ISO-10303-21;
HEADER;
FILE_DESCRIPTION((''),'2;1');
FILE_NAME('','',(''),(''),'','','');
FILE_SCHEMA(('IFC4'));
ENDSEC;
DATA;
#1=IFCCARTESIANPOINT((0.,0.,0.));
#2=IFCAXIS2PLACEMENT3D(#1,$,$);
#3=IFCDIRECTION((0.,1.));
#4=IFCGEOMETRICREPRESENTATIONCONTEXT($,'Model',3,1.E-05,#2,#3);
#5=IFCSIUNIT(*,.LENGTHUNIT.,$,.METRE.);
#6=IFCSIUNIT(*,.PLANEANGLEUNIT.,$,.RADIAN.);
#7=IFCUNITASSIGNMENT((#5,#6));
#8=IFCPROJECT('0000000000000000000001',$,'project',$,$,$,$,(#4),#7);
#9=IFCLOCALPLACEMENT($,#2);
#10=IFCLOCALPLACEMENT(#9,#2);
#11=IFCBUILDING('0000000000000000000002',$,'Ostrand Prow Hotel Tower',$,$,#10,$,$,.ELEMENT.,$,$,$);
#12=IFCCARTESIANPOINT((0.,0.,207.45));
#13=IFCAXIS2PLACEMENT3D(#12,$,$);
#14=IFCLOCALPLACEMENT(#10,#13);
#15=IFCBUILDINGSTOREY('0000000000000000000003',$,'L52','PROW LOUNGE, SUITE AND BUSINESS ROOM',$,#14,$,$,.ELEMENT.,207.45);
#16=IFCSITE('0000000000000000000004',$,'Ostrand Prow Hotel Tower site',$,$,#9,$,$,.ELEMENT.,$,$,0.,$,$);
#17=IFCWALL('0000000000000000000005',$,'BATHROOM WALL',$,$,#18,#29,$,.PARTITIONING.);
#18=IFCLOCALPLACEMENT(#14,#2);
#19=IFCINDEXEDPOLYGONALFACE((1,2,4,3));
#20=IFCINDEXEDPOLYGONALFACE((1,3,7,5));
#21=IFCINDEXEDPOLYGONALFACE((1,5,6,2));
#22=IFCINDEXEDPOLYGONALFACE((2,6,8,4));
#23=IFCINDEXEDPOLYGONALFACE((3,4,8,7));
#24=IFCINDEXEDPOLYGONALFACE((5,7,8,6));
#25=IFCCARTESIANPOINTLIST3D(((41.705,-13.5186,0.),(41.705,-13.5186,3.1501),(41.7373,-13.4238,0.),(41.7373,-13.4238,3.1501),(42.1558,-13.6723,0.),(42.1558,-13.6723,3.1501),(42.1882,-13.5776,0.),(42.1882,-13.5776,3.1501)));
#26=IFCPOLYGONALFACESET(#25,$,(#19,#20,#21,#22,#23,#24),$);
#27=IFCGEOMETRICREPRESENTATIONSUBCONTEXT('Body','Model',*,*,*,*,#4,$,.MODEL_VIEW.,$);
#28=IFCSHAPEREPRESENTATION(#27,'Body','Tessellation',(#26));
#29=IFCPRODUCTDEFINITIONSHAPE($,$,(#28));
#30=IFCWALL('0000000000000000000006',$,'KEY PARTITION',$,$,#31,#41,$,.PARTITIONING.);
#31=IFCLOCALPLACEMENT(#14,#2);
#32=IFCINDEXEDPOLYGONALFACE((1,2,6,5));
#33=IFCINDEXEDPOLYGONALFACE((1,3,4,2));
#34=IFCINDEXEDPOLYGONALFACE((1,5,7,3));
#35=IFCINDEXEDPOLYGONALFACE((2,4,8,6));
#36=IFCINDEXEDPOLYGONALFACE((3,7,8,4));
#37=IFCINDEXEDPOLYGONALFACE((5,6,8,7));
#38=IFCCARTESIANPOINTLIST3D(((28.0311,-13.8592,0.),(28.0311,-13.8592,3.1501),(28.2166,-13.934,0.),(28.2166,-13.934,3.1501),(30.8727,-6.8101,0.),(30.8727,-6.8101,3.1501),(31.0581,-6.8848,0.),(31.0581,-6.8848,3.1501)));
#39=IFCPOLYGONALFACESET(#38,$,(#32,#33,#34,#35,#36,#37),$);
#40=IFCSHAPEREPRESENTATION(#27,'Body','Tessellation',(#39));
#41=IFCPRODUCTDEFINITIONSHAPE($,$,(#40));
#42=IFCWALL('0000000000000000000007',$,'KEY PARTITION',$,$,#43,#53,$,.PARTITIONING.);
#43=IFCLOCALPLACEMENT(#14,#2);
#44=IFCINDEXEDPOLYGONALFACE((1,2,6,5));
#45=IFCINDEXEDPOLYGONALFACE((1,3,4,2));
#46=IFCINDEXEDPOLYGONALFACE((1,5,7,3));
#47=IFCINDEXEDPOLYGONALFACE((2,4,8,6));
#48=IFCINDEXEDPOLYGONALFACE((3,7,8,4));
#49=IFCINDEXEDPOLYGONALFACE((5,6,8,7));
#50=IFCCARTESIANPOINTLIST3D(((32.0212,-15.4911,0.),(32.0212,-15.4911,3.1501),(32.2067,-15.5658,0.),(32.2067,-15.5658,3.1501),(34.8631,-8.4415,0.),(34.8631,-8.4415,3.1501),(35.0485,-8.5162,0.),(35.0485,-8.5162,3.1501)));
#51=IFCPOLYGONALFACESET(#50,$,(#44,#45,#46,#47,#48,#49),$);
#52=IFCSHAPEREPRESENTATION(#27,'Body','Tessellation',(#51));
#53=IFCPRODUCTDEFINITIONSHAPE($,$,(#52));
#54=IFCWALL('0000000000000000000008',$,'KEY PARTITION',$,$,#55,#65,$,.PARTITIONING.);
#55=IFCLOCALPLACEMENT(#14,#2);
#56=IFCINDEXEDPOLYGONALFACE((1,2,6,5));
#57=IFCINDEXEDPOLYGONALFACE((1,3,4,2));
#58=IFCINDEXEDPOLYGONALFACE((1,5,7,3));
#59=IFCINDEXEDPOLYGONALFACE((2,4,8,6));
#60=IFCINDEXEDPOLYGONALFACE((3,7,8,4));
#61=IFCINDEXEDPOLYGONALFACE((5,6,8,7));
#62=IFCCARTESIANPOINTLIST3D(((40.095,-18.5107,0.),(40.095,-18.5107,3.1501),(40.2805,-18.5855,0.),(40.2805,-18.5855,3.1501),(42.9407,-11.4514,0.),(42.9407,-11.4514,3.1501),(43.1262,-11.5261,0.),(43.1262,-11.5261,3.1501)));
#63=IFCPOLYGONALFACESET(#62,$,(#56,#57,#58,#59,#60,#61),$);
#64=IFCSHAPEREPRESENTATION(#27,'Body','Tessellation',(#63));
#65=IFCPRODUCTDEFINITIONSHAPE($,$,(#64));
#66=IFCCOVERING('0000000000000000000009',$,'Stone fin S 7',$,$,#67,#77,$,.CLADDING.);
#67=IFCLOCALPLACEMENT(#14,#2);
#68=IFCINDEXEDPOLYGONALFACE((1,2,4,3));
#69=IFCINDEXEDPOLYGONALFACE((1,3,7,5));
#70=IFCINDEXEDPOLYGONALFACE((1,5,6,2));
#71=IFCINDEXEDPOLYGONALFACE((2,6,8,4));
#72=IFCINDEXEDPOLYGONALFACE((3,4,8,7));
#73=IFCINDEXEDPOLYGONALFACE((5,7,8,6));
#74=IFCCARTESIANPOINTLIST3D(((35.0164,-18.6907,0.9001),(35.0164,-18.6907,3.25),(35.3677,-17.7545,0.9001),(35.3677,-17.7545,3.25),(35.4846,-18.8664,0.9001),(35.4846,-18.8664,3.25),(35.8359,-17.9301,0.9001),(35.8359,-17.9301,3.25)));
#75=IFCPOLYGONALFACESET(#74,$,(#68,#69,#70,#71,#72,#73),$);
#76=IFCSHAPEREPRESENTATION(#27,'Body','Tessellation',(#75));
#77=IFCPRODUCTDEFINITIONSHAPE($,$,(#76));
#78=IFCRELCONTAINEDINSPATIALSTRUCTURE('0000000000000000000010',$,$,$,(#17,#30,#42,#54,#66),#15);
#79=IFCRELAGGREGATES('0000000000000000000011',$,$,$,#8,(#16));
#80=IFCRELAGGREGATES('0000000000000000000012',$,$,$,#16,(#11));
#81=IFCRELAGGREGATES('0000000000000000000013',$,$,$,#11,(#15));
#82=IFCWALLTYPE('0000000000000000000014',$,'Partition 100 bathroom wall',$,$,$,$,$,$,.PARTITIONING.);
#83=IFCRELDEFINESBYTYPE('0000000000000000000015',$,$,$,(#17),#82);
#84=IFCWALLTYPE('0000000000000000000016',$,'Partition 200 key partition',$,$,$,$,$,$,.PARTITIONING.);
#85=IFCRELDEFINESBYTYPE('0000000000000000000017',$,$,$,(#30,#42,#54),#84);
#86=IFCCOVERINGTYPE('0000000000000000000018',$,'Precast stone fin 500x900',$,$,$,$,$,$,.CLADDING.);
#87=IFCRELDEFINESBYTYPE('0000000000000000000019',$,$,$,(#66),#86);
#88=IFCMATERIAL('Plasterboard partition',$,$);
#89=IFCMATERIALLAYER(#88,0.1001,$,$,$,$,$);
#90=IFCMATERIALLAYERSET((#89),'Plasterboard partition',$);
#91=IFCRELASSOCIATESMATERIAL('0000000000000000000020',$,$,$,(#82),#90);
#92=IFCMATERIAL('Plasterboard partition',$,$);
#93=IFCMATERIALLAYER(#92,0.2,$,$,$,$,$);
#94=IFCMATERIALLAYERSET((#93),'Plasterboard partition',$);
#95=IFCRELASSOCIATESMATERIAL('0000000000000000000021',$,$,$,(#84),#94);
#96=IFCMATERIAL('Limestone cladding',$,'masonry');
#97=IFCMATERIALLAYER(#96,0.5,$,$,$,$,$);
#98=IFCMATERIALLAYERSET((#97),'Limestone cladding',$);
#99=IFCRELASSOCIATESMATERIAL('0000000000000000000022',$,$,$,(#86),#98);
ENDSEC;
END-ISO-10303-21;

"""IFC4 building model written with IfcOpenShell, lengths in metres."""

from ifc_helpers import new_model, si_unit, direction, frame, frame_2d, origin, place, context, subcontext, project, spatial, rectangle, extrude, material, layer, layer_set, type_object, element, save


model = new_model("IFC4")

# Units and contexts
model_context = context("Model", 3, precision=1e-05, world=origin(), true_north=direction((0.0, 1.0)))
body_context = subcontext(model_context, "Body", "Model", "MODEL_VIEW")
ifc_project = project(units=[si_unit("LENGTHUNIT", "METRE"), si_unit("PLANEANGLEUNIT", "RADIAN")], contexts=[model_context])

# Site, building, storey
site_placement = place(None, origin())
site = spatial("IfcSite", under=ifc_project, at=site_placement, Name="Ostrand Prow Hotel Tower site", CompositionType="ELEMENT", RefElevation=0.0)
building_placement = place(site_placement, origin())
building = spatial("IfcBuilding", under=site, at=building_placement, Name="Ostrand Prow Hotel Tower", CompositionType="ELEMENT")
storey_placement = place(building_placement, frame((0.0, 0.0, 207.45)))
storey = spatial("IfcBuildingStorey", under=building, at=storey_placement, Name="L52", Description="PROW LOUNGE, SUITE AND BUSINESS ROOM", CompositionType="ELEMENT", Elevation=207.45)

# Walls
ifc_material_1 = material(Name="Plasterboard partition")
ifc_layer_1 = layer(ifc_material_1, 0.1001)
ifc_layer_set_1 = layer_set([ifc_layer_1], Name="Plasterboard partition")
wall_type_1 = type_object("IfcWallType", Name="Partition 100 bathroom wall", PredefinedType="PARTITIONING", material=ifc_layer_set_1)
wall_1_placement = place(storey_placement, frame((42.1721, -13.625, 0.0), z_axis=(0.0, 0.0, 1.0), x_axis=(-0.946457, 0.32283, 0.0)))
element("IfcWall", 1, at=wall_1_placement, inside=storey, type_object=wall_type_1, Name="BATHROOM WALL", PredefinedType="PARTITIONING", context=body_context, shape_type="SweptSolid", body=[
    extrude(rectangle(XDim=0.4763, YDim=0.1001, at=frame_2d((0.2383, 0.0))), origin(), (0.0, 0.0, 1.0), 3.1501),
])
ifc_material_2 = material(Name="Plasterboard partition")
ifc_layer_2 = layer(ifc_material_2, 0.2)
ifc_layer_set_2 = layer_set([ifc_layer_2], Name="Plasterboard partition")
wall_type_2 = type_object("IfcWallType", Name="Partition 200 key partition", PredefinedType="PARTITIONING", material=ifc_layer_set_2)
wall_2_placement = place(storey_placement, frame((28.1238, -13.8967, 0.0), z_axis=(0.0, 0.0, 1.0), x_axis=(0.373876, 0.927479, 0.0)))
element("IfcWall", 2, at=wall_2_placement, inside=storey, type_object=wall_type_2, Name="KEY PARTITION", PredefinedType="PARTITIONING", context=body_context, shape_type="SweptSolid", body=[
    extrude(rectangle(XDim=7.6003, YDim=0.2, at=frame_2d((3.8003, 0.0))), origin(), (0.0, 0.0, 1.0), 3.1501),
])
wall_3_placement = place(storey_placement, frame((32.114, -15.5283, 0.0), z_axis=(0.0, 0.0, 1.0), x_axis=(0.373881, 0.927477, 0.0)))
element("IfcWall", 3, at=wall_3_placement, inside=storey, type_object=wall_type_2, Name="KEY PARTITION", PredefinedType="PARTITIONING", context=body_context, shape_type="SweptSolid", body=[
    extrude(rectangle(XDim=7.6008, YDim=0.2, at=frame_2d((3.8003, 0.0))), origin(), (0.0, 0.0, 1.0), 3.1501),
])
wall_4_placement = place(storey_placement, frame((40.1877, -18.5481, 0.0), z_axis=(0.0, 0.0, 1.0), x_axis=(0.373878, 0.927478, 0.0)))
element("IfcWall", 4, at=wall_4_placement, inside=storey, type_object=wall_type_2, Name="KEY PARTITION", PredefinedType="PARTITIONING", context=body_context, shape_type="SweptSolid", body=[
    extrude(rectangle(XDim=7.6113, YDim=0.2, at=frame_2d((3.8057, 0.0))), origin(), (0.0, 0.0, 1.0), 3.1501),
])

# Covering
ifc_material_3 = material(Name="Limestone cladding", Category="masonry")
ifc_layer_3 = layer(ifc_material_3, 0.5)
ifc_layer_set_3 = layer_set([ifc_layer_3], Name="Limestone cladding")
covering_type = type_object("IfcCoveringType", Name="Precast stone fin 500x900", PredefinedType="CLADDING", material=ifc_layer_set_3)
covering_placement = place(storey_placement, frame((35.6018, -17.8423, 0.9001), z_axis=(0.0, 0.0, 1.0), x_axis=(-0.351311, -0.936259, 0.0)))
element("IfcCovering", 5, at=covering_placement, inside=storey, type_object=covering_type, Name="Stone fin S 7", PredefinedType="CLADDING", context=body_context, shape_type="SweptSolid", body=[
    extrude(rectangle(XDim=1.0, YDim=0.5, at=frame_2d((0.5, 0.0))), origin(), (0.0, 0.0, 1.0), 2.3499),
])

save(model, "model.ifc")
